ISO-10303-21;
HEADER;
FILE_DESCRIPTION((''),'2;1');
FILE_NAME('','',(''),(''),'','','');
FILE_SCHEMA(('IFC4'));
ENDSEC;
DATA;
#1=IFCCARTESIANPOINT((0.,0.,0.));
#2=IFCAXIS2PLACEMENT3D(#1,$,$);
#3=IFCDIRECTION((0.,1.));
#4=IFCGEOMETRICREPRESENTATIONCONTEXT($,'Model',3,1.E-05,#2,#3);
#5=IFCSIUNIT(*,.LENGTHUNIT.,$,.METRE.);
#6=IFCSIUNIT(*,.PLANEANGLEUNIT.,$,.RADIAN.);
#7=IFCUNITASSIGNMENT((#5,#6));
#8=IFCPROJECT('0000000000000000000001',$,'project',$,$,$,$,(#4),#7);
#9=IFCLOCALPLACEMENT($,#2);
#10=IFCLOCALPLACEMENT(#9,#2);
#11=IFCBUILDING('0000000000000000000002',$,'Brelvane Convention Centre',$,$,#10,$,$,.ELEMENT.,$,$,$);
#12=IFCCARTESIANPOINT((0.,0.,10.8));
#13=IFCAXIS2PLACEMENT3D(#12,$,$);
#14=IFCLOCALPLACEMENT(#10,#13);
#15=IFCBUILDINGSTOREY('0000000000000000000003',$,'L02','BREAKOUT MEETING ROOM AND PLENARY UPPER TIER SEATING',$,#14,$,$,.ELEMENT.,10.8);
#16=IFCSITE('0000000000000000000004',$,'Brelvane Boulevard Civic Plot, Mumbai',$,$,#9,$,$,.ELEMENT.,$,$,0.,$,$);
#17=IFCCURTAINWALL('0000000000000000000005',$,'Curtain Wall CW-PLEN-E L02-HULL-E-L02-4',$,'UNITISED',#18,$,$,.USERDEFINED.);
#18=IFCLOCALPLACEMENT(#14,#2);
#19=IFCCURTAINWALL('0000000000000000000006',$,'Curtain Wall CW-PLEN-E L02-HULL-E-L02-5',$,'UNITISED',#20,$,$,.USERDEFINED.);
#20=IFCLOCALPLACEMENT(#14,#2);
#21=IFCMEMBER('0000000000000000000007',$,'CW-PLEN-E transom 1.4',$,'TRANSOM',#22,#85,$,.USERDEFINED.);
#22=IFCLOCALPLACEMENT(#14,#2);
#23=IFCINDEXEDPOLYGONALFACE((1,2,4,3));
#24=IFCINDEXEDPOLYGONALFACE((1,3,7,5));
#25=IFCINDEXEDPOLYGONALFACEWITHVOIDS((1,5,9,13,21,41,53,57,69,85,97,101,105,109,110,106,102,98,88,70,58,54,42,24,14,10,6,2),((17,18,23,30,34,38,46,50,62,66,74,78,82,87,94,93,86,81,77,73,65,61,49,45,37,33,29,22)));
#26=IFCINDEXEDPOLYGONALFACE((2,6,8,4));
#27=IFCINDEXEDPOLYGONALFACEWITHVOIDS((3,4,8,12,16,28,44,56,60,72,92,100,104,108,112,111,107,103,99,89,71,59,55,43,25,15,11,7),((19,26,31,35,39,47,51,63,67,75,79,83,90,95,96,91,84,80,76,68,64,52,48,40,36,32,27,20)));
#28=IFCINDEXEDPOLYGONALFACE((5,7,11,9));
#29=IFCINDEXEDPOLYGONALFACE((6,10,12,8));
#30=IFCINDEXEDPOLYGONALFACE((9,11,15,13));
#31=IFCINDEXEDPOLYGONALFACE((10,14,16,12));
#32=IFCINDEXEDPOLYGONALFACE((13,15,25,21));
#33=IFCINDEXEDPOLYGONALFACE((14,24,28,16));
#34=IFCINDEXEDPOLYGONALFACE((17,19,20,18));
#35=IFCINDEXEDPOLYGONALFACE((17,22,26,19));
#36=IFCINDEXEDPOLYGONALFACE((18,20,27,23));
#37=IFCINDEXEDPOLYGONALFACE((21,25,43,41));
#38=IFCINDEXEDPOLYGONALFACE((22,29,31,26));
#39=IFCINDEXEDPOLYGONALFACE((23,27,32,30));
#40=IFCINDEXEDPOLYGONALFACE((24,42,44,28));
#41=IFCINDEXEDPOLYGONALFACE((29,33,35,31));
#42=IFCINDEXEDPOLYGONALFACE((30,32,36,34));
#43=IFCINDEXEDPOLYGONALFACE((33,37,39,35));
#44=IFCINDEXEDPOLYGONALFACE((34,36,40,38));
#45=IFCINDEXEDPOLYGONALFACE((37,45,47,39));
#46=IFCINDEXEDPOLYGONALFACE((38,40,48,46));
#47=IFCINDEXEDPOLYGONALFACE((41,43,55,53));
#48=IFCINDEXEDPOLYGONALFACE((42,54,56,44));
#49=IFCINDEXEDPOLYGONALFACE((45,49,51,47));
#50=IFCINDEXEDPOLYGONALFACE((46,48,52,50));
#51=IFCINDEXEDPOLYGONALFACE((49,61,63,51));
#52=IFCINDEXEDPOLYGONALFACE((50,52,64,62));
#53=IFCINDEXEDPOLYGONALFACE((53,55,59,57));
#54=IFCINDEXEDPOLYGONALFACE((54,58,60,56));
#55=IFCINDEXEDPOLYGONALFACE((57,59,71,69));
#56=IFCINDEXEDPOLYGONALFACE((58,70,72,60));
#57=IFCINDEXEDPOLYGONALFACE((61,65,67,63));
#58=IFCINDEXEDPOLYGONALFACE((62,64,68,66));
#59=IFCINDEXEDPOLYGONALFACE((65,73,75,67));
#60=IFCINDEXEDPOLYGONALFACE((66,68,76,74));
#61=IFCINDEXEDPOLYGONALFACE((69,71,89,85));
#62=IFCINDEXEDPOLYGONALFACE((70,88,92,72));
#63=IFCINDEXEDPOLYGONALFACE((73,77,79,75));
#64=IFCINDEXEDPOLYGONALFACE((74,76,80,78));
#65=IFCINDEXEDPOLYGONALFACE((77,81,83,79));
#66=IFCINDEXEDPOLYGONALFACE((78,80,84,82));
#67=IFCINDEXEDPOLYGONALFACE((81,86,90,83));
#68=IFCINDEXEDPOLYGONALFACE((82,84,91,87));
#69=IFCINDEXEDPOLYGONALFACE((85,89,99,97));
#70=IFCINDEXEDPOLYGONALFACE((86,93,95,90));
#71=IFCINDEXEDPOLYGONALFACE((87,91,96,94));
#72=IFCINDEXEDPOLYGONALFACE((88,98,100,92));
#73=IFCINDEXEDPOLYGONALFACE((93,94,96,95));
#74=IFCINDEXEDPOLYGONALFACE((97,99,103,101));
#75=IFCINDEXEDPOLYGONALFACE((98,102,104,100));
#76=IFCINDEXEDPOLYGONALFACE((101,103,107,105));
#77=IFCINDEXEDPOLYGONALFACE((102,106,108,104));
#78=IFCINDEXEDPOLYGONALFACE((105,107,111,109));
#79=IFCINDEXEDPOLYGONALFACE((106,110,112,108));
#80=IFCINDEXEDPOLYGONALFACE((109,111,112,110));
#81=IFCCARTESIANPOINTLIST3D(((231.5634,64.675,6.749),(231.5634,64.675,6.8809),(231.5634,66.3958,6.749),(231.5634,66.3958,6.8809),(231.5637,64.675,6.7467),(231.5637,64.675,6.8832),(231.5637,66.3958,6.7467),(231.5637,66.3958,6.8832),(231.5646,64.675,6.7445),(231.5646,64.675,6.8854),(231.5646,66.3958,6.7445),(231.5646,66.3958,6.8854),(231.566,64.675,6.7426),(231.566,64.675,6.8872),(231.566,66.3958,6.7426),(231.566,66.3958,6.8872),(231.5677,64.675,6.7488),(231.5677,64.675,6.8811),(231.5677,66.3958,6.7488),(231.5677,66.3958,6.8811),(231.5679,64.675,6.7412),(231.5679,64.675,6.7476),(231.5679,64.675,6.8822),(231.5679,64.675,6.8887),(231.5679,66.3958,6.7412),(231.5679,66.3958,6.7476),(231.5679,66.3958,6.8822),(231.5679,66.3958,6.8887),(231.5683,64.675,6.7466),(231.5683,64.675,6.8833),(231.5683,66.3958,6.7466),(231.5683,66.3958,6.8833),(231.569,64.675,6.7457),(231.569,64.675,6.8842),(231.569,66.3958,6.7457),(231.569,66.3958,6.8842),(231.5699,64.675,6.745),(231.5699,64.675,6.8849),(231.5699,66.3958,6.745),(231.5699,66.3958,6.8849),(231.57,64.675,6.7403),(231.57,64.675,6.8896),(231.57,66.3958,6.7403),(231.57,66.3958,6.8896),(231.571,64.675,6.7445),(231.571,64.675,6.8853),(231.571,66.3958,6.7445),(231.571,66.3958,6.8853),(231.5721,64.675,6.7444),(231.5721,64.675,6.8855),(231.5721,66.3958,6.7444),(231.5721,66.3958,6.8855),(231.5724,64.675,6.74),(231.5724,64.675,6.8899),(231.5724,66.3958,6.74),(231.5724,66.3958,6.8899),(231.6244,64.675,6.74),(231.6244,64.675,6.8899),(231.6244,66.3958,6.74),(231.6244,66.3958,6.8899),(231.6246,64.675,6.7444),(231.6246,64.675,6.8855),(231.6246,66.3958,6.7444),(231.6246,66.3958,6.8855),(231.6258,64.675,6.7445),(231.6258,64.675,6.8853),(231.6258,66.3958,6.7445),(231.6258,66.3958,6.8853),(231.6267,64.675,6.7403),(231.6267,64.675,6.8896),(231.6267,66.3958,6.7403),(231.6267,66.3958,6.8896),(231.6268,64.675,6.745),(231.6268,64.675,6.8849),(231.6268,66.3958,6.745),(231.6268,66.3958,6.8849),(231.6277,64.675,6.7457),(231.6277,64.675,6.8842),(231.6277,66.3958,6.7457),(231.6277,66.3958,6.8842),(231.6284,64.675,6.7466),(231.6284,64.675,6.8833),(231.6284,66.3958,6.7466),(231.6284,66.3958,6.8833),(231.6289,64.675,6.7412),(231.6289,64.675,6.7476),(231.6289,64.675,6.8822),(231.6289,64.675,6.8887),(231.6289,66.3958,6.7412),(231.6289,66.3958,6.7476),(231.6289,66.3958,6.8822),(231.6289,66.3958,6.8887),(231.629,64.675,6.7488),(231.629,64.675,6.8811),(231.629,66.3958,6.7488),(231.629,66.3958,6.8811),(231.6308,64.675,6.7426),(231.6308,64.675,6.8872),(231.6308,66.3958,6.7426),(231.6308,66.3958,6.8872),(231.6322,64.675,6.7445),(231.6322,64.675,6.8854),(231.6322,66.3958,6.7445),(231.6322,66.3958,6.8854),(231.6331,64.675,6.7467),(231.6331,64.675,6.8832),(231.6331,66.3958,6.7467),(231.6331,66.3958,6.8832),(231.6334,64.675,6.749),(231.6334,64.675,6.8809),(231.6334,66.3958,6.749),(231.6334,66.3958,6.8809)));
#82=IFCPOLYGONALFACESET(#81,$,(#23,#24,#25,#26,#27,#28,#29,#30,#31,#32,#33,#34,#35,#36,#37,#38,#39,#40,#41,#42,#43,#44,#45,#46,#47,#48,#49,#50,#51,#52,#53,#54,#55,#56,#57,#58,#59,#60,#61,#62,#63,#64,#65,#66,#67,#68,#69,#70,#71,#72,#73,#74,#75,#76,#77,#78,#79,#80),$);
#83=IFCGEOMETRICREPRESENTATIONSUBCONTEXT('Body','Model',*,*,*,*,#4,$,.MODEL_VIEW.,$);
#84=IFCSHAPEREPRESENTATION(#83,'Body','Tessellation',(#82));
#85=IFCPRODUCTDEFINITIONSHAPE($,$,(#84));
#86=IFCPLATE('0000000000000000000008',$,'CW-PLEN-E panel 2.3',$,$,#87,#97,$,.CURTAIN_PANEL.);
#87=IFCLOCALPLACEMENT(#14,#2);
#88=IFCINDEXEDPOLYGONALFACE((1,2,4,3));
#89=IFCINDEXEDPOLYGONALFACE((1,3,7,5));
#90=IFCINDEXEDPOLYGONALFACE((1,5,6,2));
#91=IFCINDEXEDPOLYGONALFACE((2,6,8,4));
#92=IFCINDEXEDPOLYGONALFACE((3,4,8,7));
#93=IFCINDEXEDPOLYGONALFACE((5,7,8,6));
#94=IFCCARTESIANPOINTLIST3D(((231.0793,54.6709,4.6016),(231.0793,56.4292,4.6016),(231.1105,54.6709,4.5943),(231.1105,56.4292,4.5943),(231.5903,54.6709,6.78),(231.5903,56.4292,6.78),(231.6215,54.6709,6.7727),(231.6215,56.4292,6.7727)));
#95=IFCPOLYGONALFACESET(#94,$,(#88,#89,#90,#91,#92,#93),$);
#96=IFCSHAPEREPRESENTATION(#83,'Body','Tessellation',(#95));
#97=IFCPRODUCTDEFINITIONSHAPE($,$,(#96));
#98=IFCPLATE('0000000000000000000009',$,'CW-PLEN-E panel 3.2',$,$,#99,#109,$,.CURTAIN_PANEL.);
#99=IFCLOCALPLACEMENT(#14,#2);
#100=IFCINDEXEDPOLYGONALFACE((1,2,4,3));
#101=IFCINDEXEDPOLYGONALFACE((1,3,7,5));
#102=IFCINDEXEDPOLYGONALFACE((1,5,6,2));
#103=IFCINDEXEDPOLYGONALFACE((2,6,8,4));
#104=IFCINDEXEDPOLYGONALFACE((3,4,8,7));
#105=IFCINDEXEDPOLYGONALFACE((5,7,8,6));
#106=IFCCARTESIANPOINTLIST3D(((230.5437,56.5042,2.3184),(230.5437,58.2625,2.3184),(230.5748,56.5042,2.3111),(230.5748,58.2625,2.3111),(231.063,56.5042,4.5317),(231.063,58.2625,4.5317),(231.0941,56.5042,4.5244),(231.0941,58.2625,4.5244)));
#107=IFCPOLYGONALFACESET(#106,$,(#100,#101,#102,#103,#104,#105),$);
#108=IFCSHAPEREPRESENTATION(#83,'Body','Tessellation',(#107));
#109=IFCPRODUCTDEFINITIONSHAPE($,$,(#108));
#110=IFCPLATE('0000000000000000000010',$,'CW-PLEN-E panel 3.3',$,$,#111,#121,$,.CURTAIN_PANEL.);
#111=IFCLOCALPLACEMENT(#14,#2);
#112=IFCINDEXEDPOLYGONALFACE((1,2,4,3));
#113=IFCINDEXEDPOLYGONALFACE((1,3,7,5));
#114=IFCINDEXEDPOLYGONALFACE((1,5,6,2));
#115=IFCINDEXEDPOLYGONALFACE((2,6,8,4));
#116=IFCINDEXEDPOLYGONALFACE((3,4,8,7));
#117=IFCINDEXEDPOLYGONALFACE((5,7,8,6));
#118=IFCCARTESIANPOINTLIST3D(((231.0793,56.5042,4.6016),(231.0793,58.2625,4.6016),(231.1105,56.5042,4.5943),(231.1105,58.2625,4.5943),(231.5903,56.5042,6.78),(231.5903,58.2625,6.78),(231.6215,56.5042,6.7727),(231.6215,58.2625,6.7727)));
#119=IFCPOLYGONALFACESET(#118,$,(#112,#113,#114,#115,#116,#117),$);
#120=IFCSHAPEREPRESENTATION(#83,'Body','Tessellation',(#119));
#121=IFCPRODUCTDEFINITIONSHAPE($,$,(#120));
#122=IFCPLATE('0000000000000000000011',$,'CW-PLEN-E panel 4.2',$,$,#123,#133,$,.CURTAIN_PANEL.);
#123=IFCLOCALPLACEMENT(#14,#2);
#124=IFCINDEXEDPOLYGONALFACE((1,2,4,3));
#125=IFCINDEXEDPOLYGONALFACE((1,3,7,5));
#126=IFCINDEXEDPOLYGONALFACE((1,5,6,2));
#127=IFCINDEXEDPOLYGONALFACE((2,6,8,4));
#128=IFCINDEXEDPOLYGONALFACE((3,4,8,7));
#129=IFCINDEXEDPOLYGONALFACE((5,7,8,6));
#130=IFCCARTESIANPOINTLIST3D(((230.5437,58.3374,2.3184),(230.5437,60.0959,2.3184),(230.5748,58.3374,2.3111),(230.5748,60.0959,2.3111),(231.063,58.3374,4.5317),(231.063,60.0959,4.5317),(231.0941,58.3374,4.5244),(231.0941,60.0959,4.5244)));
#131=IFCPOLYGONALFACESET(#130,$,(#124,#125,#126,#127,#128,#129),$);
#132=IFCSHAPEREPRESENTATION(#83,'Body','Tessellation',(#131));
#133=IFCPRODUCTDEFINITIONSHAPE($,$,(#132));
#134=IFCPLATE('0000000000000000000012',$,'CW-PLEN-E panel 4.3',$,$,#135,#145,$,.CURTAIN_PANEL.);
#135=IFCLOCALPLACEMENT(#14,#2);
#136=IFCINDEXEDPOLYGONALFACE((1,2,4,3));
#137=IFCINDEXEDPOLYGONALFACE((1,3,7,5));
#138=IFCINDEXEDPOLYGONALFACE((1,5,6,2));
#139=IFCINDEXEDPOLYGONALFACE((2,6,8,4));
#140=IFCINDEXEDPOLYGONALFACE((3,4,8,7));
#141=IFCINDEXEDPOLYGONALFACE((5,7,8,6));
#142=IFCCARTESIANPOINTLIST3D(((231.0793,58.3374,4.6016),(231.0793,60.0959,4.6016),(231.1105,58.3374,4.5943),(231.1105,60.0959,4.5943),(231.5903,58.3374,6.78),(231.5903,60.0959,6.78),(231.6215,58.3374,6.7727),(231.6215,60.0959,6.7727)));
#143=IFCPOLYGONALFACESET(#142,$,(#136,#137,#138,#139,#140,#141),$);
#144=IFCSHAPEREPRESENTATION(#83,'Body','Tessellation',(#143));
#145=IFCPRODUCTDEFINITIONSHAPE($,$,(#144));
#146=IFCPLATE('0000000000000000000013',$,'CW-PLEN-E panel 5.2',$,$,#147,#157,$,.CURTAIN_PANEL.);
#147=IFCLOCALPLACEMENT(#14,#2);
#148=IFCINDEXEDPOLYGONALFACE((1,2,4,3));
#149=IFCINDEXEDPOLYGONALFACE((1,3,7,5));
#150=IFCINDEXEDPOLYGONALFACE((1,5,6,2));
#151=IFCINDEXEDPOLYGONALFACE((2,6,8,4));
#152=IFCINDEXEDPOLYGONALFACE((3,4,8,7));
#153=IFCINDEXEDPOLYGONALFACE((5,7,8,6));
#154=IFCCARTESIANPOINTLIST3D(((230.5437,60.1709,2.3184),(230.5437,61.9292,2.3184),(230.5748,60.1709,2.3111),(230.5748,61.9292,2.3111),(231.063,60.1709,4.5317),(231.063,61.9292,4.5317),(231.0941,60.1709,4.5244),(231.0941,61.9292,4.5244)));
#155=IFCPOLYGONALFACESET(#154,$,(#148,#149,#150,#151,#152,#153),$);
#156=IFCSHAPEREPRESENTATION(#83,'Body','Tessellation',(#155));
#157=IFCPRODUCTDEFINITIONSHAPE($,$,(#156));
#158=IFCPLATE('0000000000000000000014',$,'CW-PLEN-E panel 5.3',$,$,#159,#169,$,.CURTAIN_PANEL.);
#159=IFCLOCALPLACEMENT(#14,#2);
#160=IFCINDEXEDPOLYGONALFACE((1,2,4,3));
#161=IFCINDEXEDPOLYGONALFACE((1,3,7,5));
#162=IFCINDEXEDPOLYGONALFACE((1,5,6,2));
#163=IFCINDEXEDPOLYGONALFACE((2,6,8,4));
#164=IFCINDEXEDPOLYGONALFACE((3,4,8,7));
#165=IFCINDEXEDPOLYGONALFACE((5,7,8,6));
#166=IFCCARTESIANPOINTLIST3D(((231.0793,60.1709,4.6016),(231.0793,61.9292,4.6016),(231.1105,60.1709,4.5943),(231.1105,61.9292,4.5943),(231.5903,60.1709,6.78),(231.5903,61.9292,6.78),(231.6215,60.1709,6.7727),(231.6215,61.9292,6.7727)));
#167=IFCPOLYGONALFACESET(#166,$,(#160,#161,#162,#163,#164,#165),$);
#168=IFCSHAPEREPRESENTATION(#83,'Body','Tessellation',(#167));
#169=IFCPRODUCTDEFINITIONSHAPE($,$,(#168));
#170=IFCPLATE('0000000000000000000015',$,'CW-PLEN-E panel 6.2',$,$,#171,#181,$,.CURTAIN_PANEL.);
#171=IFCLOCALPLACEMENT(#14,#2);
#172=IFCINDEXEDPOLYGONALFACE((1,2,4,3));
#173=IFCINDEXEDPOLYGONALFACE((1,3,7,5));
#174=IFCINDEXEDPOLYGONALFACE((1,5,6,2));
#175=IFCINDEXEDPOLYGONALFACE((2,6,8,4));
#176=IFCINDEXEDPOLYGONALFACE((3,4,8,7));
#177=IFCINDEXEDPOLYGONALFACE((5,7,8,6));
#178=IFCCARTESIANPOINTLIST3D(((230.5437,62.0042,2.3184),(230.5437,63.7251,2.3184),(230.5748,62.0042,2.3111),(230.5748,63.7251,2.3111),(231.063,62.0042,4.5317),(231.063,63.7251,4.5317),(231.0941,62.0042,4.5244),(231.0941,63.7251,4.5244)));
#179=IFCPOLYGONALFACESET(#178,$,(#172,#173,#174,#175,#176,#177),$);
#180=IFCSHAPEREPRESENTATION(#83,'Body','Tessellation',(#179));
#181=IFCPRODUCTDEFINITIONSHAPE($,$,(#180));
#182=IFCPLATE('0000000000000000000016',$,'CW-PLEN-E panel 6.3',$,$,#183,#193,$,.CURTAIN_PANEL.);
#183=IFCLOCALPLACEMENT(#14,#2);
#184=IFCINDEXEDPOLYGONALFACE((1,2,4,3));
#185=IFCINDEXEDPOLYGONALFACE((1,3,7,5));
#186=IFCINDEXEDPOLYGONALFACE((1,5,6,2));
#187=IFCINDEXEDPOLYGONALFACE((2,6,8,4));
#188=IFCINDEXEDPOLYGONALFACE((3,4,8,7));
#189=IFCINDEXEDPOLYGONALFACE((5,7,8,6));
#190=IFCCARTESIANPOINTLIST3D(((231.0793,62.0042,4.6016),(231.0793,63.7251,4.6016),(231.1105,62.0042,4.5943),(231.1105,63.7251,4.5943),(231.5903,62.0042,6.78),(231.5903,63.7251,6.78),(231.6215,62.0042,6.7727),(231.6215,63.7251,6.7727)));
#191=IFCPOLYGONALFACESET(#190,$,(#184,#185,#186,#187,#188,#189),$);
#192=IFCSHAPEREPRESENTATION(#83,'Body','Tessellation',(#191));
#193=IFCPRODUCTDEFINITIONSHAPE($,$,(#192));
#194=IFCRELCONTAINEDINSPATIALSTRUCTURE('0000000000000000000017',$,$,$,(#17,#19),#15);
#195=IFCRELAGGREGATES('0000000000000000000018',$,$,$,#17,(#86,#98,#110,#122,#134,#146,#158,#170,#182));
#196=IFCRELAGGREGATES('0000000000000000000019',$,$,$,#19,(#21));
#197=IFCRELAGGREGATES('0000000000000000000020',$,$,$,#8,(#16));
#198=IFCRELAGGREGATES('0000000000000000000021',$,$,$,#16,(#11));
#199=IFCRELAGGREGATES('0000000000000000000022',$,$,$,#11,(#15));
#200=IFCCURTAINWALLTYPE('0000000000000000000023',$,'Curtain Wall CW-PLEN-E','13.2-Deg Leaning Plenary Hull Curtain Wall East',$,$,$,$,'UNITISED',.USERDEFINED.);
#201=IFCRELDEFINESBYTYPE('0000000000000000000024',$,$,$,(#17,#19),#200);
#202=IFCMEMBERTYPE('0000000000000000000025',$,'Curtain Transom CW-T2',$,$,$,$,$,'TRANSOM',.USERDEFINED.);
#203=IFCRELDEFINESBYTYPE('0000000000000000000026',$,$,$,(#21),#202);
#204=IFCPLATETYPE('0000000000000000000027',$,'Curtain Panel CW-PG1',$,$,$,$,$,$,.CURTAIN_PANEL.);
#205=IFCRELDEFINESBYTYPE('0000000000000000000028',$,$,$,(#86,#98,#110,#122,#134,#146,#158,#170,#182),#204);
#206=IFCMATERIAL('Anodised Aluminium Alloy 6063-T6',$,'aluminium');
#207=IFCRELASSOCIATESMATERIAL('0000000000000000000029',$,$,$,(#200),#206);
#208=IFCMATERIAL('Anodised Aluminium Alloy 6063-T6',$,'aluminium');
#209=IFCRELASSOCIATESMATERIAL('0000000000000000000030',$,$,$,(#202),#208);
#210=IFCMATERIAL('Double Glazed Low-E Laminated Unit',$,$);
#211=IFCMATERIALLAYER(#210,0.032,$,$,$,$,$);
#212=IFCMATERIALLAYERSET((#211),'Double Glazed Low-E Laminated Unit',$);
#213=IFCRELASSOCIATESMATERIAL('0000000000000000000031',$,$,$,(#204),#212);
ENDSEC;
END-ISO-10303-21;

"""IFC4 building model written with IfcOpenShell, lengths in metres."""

from ifc_helpers import new_model, si_unit, direction, frame, origin, origin_2d, place, context, subcontext, project, spatial, polyline, hollow_rectangle, outline, extrude, material, layer, layer_set, material_profile, profile_set, type_object, element, aggregate, save


model = new_model("IFC4")

# Units and contexts
model_context = context("Model", 3, precision=1e-05, world=origin(), true_north=direction((0.0, 1.0)))
body_context = subcontext(model_context, "Body", "Model", "MODEL_VIEW")
ifc_project = project(units=[si_unit("LENGTHUNIT", "METRE"), si_unit("PLANEANGLEUNIT", "RADIAN")], contexts=[model_context])

# Site, building, storey
site_placement = place(None, origin())
site = spatial("IfcSite", under=ifc_project, at=site_placement, Name="Brelvane Boulevard Civic Plot, Mumbai", CompositionType="ELEMENT", RefElevation=0.0)
building_placement = place(site_placement, origin())
building = spatial("IfcBuilding", under=site, at=building_placement, Name="Brelvane Convention Centre", CompositionType="ELEMENT")
storey_placement = place(building_placement, frame((0.0, 0.0, 10.8)))
storey = spatial("IfcBuildingStorey", under=building, at=storey_placement, Name="L02", Description="BREAKOUT MEETING ROOM AND PLENARY UPPER TIER SEATING", CompositionType="ELEMENT", Elevation=10.8)

# Curtain walls, member
ifc_material_1 = material(Name="Anodised Aluminium Alloy 6063-T6", Category="aluminium")
curtain_wall_type = type_object("IfcCurtainWallType", Name="Curtain Wall CW-PLEN-E", Description="13.2-Deg Leaning Plenary Hull Curtain Wall East", ElementType="UNITISED", PredefinedType="USERDEFINED", material=ifc_material_1)
curtain_wall_1_placement = place(storey_placement, origin())
curtain_wall_1 = element("IfcCurtainWall", 1, at=curtain_wall_1_placement, inside=storey, type_object=curtain_wall_type, Name="Curtain Wall CW-PLEN-E L02-HULL-E-L02-4", ObjectType="UNITISED", PredefinedType="USERDEFINED")
ifc_material_2 = material(Name="Anodised Aluminium Alloy 6063-T6", Category="aluminium")
ifc_material_profile = material_profile(ifc_material_2, hollow_rectangle(XDim=0.0701, YDim=0.1499, WallThickness=0.0044, InnerFilletRadius=0.0044, OuterFilletRadius=0.009, at=origin_2d()), Name="ALU-T 150x70x4.5")
ifc_profile_set = profile_set([ifc_material_profile], Name="Anodised Aluminium Alloy 6063-T6")
member_type = type_object("IfcMemberType", Name="Curtain Transom CW-T2", ElementType="TRANSOM", PredefinedType="USERDEFINED", material=ifc_profile_set)
curtain_wall_2_placement = place(storey_placement, origin())
curtain_wall_2 = element("IfcCurtainWall", 2, at=curtain_wall_2_placement, inside=storey, type_object=curtain_wall_type, Name="Curtain Wall CW-PLEN-E L02-HULL-E-L02-5", ObjectType="UNITISED", PredefinedType="USERDEFINED")
member_1_placement = place(storey_placement, frame((231.5984, 64.675, 6.8149), z_axis=(0.0, 1.0, 0.0), x_axis=(-1.0, 0.0, 0.0)))
member_1 = element("IfcMember", 3, at=member_1_placement, type_object=member_type, Name="CW-PLEN-E transom 1.4", ObjectType="TRANSOM", PredefinedType="USERDEFINED", context=body_context, shape_type="SweptSolid", body=[
    extrude(hollow_rectangle(XDim=0.0701, YDim=0.1499, WallThickness=0.0044, InnerFilletRadius=0.0044, OuterFilletRadius=0.009, at=origin_2d()), origin(), (0.0, 0.0, 1.0), 1.7207),
])

# Plates
ifc_material_3 = material(Name="Double Glazed Low-E Laminated Unit")
ifc_layer_1 = layer(ifc_material_3, 0.032)
ifc_layer_set_1 = layer_set([ifc_layer_1], Name="Double Glazed Low-E Laminated Unit")
plate_type_1 = type_object("IfcPlateType", Name="Curtain Panel CW-PG1", PredefinedType="CURTAIN_PANEL", material=ifc_layer_set_1)
plate_1_placement = place(storey_placement, frame((231.0793, 54.6709, 4.6016), z_axis=(-0.973576, 0.0, 0.228364), x_axis=(0.0, 1.0, 0.0)))
plate_1 = element("IfcPlate", 4, at=plate_1_placement, type_object=plate_type_1, Name="CW-PLEN-E panel 2.3", PredefinedType="CURTAIN_PANEL", context=body_context, shape_type="SweptSolid", body=[
    extrude(outline(polyline([(0.0, 0.0), (1.7583, 0.0), (1.7583, -2.2376), (0.0, -2.2376), (0.0, 0.0)])), origin(), (0.0, 0.0, -1.0), 0.032),
])
plate_2_placement = place(storey_placement, frame((230.5437, 56.5042, 2.3184), z_axis=(-0.973565, 0.0, 0.228411), x_axis=(0.0, 1.0, 0.0)))
plate_2 = element("IfcPlate", 5, at=plate_2_placement, type_object=plate_type_1, Name="CW-PLEN-E panel 3.2", PredefinedType="CURTAIN_PANEL", context=body_context, shape_type="SweptSolid", body=[
    extrude(outline(polyline([(0.0, 0.0), (1.7583, 0.0), (1.7583, -2.2735), (0.0, -2.2735), (0.0, 0.0)])), origin(), (0.0, 0.0, -1.0), 0.032),
])
plate_3_placement = place(storey_placement, frame((231.0793, 56.5042, 4.6016), z_axis=(-0.973576, 0.0, 0.228364), x_axis=(0.0, 1.0, 0.0)))
plate_3 = element("IfcPlate", 6, at=plate_3_placement, type_object=plate_type_1, Name="CW-PLEN-E panel 3.3", PredefinedType="CURTAIN_PANEL", context=body_context, shape_type="SweptSolid", body=[
    extrude(outline(polyline([(0.0, 0.0), (1.7583, 0.0), (1.7583, -2.2376), (0.0, -2.2376), (0.0, 0.0)])), origin(), (0.0, 0.0, -1.0), 0.032),
])
plate_4_placement = place(storey_placement, frame((230.5437, 58.3374, 2.3184), z_axis=(-0.973565, 0.0, 0.228411), x_axis=(0.0, 1.0, 0.0)))
plate_4 = element("IfcPlate", 7, at=plate_4_placement, type_object=plate_type_1, Name="CW-PLEN-E panel 4.2", PredefinedType="CURTAIN_PANEL", context=body_context, shape_type="SweptSolid", body=[
    extrude(outline(polyline([(0.0, 0.0), (1.7585, 0.0), (1.7585, -2.2735), (0.0, -2.2735), (0.0, 0.0)])), origin(), (0.0, 0.0, -1.0), 0.032),
])
plate_5_placement = place(storey_placement, frame((231.0793, 58.3374, 4.6016), z_axis=(-0.973576, 0.0, 0.228364), x_axis=(0.0, 1.0, 0.0)))
plate_5 = element("IfcPlate", 8, at=plate_5_placement, type_object=plate_type_1, Name="CW-PLEN-E panel 4.3", PredefinedType="CURTAIN_PANEL", context=body_context, shape_type="SweptSolid", body=[
    extrude(outline(polyline([(0.0, 0.0), (1.7585, 0.0), (1.7585, -2.2376), (0.0, -2.2376), (0.0, 0.0)])), origin(), (0.0, 0.0, -1.0), 0.032),
])
plate_6_placement = place(storey_placement, frame((230.5437, 60.1709, 2.3184), z_axis=(-0.973565, 0.0, 0.228411), x_axis=(0.0, 1.0, 0.0)))
plate_6 = element("IfcPlate", 9, at=plate_6_placement, type_object=plate_type_1, Name="CW-PLEN-E panel 5.2", PredefinedType="CURTAIN_PANEL", context=body_context, shape_type="SweptSolid", body=[
    extrude(outline(polyline([(0.0, 0.0), (1.7583, 0.0), (1.7583, -2.2735), (0.0, -2.2735), (0.0, 0.0)])), origin(), (0.0, 0.0, -1.0), 0.032),
])
plate_7_placement = place(storey_placement, frame((231.0793, 60.1709, 4.6016), z_axis=(-0.973576, 0.0, 0.228364), x_axis=(0.0, 1.0, 0.0)))
plate_7 = element("IfcPlate", 10, at=plate_7_placement, type_object=plate_type_1, Name="CW-PLEN-E panel 5.3", PredefinedType="CURTAIN_PANEL", context=body_context, shape_type="SweptSolid", body=[
    extrude(outline(polyline([(0.0, 0.0), (1.7583, 0.0), (1.7583, -2.2376), (0.0, -2.2376), (0.0, 0.0)])), origin(), (0.0, 0.0, -1.0), 0.032),
])
plate_8_placement = place(storey_placement, frame((230.5437, 62.0042, 2.3184), z_axis=(-0.973565, 0.0, 0.228411), x_axis=(0.0, 1.0, 0.0)))
plate_8 = element("IfcPlate", 11, at=plate_8_placement, type_object=plate_type_1, Name="CW-PLEN-E panel 6.2", PredefinedType="CURTAIN_PANEL", context=body_context, shape_type="SweptSolid", body=[
    extrude(outline(polyline([(0.0, 0.0), (1.7209, 0.0), (1.7209, -2.2735), (0.0, -2.2735), (0.0, 0.0)])), origin(), (0.0, 0.0, -1.0), 0.032),
])
plate_9_placement = place(storey_placement, frame((231.0793, 62.0042, 4.6016), z_axis=(-0.973576, 0.0, 0.228364), x_axis=(0.0, 1.0, 0.0)))
plate_9 = element("IfcPlate", 12, at=plate_9_placement, type_object=plate_type_1, Name="CW-PLEN-E panel 6.3", PredefinedType="CURTAIN_PANEL", context=body_context, shape_type="SweptSolid", body=[
    extrude(outline(polyline([(0.0, 0.0), (1.7209, 0.0), (1.7209, -2.2376), (0.0, -2.2376), (0.0, 0.0)])), origin(), (0.0, 0.0, -1.0), 0.032),
])
aggregate(curtain_wall_1, [plate_1, plate_2, plate_3, plate_4, plate_5, plate_6, plate_7, plate_8, plate_9])
aggregate(curtain_wall_2, [member_1])

save(model, "model.ifc")
